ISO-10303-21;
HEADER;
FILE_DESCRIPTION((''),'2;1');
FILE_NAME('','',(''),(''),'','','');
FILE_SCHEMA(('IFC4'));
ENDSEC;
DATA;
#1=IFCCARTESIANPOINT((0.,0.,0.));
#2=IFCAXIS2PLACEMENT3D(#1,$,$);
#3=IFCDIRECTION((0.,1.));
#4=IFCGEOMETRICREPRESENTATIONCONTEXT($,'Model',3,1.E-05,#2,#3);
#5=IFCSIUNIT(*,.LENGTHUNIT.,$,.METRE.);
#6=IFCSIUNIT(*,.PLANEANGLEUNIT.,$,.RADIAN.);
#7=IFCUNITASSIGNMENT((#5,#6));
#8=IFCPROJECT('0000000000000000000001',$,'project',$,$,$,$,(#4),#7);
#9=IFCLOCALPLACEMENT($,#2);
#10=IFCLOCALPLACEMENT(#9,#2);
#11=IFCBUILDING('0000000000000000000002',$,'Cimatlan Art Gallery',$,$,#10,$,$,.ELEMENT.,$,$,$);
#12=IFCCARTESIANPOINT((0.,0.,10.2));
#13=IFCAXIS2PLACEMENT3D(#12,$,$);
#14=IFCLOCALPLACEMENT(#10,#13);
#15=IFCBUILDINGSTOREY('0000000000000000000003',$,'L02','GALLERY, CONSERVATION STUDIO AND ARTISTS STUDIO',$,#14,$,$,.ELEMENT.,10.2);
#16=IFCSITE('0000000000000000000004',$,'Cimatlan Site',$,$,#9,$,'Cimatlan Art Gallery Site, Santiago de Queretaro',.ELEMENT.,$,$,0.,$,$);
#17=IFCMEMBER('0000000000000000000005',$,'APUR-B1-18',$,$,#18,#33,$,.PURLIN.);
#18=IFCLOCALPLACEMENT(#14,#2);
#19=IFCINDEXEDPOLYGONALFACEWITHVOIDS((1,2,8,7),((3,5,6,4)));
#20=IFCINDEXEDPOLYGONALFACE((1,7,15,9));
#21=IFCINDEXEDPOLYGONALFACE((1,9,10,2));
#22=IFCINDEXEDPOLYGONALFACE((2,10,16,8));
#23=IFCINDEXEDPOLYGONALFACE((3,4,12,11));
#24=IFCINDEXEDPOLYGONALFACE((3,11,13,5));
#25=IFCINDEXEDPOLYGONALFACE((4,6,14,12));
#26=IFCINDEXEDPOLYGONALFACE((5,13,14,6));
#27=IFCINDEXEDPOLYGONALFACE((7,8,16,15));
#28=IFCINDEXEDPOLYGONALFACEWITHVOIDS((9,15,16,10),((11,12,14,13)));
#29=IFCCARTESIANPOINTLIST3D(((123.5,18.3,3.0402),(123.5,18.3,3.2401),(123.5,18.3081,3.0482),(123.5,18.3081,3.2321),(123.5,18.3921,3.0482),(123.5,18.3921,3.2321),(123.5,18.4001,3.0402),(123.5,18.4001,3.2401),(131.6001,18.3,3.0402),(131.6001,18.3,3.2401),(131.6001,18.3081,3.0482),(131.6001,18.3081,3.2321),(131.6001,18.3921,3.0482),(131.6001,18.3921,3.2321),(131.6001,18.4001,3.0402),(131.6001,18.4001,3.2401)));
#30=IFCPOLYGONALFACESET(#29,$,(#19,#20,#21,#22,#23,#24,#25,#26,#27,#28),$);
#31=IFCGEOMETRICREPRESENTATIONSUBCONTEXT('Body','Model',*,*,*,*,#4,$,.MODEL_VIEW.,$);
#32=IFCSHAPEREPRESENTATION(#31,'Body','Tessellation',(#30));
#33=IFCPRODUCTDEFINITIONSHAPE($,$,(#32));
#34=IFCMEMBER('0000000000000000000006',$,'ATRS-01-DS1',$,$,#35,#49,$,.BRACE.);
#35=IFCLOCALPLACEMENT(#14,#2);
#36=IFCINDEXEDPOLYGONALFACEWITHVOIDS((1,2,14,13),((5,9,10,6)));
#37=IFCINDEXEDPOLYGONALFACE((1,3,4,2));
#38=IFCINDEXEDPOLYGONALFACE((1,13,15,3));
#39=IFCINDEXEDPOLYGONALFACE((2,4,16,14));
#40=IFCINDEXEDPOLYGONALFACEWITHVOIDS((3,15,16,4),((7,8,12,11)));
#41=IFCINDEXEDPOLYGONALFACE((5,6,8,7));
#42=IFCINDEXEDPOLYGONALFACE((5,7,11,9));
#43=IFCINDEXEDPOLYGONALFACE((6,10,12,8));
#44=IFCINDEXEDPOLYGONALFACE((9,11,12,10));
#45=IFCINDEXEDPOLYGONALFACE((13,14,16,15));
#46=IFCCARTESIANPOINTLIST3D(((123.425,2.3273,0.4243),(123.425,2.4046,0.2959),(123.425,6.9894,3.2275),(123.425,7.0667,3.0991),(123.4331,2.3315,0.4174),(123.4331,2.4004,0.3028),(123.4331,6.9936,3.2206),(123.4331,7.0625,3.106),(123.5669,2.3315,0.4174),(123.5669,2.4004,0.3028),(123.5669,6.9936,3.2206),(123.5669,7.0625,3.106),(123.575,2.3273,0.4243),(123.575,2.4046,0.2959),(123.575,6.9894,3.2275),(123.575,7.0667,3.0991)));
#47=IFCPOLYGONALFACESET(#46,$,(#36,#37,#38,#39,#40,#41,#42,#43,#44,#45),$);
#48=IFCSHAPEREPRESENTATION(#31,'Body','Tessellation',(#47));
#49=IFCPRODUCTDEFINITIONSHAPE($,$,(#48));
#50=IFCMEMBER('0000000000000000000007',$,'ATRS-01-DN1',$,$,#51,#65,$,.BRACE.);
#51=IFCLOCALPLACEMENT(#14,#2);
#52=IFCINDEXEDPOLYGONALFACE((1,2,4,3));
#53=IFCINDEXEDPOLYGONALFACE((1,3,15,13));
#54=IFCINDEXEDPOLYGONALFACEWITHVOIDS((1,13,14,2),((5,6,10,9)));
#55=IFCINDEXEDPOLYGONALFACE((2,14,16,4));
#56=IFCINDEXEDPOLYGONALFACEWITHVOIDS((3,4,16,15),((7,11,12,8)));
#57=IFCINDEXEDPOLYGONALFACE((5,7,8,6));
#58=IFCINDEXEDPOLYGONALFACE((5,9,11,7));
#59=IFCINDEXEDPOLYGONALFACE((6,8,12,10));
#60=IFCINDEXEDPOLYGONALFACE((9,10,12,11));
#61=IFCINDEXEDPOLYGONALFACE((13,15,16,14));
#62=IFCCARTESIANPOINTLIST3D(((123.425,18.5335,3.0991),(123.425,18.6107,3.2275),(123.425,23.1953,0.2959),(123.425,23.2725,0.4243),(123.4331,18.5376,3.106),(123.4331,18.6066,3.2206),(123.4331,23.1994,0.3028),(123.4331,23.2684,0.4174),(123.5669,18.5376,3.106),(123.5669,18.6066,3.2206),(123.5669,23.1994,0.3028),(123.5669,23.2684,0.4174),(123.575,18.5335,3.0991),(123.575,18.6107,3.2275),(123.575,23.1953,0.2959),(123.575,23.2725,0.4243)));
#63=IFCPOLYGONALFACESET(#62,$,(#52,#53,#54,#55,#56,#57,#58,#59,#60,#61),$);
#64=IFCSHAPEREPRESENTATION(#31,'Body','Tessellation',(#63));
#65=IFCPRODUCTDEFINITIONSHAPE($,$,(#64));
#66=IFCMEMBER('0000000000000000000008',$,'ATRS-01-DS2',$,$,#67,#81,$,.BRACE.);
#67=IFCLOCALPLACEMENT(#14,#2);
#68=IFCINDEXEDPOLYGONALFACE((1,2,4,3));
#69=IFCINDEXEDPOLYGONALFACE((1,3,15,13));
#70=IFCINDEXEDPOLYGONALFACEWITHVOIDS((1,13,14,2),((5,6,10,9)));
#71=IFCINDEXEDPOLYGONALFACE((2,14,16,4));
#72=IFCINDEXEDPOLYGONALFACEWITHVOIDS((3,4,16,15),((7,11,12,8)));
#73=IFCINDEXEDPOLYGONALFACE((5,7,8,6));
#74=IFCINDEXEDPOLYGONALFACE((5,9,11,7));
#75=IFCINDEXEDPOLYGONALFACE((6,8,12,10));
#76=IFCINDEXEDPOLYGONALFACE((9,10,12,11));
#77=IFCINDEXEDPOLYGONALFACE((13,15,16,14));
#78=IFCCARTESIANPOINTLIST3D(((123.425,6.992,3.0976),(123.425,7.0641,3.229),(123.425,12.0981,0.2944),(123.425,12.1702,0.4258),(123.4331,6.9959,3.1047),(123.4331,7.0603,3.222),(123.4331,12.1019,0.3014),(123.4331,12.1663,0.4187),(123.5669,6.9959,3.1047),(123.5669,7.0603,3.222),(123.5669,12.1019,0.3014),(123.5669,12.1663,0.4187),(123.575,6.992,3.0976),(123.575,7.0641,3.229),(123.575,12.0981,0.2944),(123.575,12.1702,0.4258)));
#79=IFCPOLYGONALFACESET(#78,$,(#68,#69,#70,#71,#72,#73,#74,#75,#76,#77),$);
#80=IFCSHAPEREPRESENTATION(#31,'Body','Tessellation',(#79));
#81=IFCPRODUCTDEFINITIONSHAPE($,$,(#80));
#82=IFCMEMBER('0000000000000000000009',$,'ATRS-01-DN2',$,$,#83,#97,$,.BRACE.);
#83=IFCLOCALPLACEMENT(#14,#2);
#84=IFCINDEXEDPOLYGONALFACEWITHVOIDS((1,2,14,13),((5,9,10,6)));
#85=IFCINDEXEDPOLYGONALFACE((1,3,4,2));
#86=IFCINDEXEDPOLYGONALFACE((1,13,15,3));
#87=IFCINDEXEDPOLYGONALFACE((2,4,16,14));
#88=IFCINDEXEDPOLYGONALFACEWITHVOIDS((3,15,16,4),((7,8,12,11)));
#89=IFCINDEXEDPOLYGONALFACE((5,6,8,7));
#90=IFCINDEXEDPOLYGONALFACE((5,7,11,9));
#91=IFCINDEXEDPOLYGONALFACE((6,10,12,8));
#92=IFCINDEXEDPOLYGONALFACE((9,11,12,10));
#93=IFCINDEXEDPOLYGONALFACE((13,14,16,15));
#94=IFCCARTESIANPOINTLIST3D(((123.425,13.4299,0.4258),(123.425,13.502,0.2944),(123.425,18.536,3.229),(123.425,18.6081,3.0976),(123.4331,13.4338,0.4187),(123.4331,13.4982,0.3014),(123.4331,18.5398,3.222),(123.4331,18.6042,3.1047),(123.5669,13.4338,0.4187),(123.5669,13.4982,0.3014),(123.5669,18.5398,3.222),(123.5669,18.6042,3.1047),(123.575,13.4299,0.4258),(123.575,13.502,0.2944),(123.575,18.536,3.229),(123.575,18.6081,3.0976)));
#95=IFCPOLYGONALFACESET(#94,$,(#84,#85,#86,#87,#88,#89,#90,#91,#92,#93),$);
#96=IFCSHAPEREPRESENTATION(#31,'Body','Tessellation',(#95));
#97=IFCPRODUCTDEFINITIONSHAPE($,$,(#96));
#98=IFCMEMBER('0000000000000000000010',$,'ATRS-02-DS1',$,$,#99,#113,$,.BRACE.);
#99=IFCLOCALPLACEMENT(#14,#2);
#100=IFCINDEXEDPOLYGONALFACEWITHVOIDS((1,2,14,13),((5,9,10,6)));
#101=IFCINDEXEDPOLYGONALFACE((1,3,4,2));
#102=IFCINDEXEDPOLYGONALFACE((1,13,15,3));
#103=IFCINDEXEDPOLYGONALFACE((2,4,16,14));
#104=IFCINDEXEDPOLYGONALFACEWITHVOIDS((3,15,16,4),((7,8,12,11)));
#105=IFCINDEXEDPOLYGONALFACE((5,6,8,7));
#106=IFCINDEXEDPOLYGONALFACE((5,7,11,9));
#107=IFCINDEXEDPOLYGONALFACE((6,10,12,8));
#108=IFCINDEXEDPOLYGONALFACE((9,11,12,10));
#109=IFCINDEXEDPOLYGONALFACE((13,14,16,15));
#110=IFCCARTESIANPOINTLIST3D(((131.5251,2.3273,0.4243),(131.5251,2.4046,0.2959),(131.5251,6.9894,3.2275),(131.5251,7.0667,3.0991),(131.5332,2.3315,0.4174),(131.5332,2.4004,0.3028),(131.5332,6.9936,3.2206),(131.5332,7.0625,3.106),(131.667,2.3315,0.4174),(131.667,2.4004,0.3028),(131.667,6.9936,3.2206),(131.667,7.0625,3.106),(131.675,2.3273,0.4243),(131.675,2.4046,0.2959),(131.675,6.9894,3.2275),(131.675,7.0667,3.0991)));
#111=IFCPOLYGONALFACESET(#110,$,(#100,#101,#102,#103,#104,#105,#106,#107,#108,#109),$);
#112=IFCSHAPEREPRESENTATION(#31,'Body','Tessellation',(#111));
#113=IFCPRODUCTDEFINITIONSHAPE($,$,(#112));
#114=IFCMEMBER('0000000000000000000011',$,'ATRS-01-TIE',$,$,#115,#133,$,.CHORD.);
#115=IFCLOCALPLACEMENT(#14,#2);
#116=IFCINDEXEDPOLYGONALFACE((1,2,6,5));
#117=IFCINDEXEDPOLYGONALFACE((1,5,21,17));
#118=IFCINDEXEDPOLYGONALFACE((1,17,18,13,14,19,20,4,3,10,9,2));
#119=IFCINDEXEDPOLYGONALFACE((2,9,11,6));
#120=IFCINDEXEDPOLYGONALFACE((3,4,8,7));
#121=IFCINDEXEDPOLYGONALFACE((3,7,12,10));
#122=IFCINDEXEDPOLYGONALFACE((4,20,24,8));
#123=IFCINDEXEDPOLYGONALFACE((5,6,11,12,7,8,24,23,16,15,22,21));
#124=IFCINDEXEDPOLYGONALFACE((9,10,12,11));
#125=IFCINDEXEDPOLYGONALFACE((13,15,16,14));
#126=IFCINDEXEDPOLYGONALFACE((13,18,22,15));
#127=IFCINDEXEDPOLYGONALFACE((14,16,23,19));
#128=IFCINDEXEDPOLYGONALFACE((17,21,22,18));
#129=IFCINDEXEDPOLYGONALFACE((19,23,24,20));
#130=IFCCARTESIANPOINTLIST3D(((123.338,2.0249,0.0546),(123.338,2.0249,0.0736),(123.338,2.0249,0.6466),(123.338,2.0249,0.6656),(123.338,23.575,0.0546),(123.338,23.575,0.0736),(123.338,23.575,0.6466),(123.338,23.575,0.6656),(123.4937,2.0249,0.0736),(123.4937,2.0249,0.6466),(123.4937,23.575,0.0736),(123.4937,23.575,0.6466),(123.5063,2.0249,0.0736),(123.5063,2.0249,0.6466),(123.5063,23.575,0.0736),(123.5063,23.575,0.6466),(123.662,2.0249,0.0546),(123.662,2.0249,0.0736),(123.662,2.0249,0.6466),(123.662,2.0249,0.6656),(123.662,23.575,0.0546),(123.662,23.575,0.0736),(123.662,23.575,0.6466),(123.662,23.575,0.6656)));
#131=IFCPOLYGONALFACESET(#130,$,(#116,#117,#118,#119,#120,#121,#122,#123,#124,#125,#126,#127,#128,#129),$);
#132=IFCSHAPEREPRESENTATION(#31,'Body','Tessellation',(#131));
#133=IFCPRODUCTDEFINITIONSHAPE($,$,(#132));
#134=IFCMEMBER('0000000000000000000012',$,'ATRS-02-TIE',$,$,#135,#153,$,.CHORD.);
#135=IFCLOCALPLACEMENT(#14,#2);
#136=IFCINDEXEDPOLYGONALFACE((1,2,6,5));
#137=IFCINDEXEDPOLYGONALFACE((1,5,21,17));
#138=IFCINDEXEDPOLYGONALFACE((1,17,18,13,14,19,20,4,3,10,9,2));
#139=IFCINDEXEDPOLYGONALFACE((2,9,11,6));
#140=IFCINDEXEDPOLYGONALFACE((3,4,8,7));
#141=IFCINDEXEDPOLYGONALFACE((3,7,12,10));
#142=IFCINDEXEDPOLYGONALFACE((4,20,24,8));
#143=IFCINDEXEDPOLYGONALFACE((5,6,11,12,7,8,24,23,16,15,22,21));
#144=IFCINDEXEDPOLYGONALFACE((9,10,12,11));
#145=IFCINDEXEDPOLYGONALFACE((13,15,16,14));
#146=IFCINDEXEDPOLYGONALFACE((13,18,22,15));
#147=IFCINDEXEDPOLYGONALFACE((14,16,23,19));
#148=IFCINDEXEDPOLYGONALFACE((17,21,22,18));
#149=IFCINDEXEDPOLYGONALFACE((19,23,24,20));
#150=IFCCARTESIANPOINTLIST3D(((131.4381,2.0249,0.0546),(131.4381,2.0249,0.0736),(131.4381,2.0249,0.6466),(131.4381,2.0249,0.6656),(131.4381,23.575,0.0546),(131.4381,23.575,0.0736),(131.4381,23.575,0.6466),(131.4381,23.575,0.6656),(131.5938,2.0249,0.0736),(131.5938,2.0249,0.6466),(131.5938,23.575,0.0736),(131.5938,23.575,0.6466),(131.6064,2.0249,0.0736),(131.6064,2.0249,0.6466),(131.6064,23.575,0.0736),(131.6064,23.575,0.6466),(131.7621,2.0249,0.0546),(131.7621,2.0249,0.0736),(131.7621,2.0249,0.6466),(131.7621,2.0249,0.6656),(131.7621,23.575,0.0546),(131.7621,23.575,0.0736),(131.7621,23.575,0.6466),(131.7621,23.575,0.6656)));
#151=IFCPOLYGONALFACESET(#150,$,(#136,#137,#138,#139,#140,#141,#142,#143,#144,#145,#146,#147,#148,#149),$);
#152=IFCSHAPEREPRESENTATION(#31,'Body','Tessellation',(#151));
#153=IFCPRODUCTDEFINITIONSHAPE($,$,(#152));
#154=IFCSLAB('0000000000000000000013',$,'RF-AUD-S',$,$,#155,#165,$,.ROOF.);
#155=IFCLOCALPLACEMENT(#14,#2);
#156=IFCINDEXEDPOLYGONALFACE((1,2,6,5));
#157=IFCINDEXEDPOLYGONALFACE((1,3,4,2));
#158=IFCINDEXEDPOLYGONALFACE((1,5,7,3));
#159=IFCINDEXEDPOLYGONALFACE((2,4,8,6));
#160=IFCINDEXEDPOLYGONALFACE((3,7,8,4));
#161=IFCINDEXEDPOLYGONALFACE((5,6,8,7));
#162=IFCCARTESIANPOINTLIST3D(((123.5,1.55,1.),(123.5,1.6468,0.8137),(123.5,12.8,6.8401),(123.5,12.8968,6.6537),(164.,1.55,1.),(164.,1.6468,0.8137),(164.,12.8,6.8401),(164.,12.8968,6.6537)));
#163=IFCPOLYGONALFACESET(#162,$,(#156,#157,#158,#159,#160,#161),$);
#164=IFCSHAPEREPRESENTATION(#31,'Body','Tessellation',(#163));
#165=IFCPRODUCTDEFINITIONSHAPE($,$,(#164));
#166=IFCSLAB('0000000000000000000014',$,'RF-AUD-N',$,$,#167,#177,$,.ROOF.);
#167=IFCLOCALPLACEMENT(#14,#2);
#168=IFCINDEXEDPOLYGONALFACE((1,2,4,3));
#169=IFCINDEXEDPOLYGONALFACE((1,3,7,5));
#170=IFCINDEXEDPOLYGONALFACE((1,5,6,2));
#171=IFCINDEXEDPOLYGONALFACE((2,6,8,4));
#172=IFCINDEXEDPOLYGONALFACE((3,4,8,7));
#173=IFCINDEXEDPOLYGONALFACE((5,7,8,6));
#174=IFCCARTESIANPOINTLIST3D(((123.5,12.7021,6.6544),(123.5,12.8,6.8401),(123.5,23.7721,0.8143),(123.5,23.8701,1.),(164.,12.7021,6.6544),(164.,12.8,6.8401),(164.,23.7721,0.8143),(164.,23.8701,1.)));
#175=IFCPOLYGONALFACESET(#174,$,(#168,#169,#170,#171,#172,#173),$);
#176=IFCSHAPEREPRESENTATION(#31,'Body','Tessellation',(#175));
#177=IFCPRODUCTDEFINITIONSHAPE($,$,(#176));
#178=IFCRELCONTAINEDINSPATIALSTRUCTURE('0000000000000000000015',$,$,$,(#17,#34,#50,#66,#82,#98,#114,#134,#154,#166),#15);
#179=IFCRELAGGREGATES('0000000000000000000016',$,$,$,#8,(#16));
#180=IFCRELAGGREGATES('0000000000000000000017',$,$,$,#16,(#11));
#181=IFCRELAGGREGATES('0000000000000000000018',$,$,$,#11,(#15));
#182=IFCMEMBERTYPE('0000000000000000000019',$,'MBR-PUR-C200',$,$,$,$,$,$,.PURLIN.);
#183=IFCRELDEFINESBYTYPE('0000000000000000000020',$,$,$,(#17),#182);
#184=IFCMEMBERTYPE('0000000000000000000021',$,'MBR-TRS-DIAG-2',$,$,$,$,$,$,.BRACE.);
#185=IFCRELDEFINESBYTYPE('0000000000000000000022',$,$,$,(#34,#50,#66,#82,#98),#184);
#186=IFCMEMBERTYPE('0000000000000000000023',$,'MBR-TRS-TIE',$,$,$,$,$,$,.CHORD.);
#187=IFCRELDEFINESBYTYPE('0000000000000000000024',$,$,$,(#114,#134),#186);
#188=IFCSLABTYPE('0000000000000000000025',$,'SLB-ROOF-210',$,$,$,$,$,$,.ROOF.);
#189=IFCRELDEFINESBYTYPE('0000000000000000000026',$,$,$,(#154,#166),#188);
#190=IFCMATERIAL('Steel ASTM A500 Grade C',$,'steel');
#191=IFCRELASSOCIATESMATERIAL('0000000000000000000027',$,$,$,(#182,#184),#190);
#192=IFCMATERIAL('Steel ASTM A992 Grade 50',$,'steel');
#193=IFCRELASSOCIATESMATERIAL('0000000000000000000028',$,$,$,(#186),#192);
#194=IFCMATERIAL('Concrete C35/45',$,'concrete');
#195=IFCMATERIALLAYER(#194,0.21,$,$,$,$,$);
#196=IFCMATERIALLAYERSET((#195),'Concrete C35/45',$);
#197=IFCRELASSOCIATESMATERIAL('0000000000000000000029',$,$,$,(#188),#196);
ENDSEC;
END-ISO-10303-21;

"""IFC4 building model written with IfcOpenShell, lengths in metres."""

from ifc_helpers import new_model, si_unit, direction, frame, origin, origin_2d, place, context, subcontext, project, spatial, polyline, hollow_rectangle, i_section, outline, extrude, material, layer, layer_set, material_profile, profile_set, type_object, element, save


model = new_model("IFC4")

# Units and contexts
model_context = context("Model", 3, precision=1e-05, world=origin(), true_north=direction((0.0, 1.0)))
body_context = subcontext(model_context, "Body", "Model", "MODEL_VIEW")
ifc_project = project(units=[si_unit("LENGTHUNIT", "METRE"), si_unit("PLANEANGLEUNIT", "RADIAN")], contexts=[model_context])

# Site, building, storey
site_placement = place(None, origin())
site = spatial("IfcSite", under=ifc_project, at=site_placement, Name="Cimatlan Site", LongName="Cimatlan Art Gallery Site, Santiago de Queretaro", CompositionType="ELEMENT", RefElevation=0.0)
building_placement = place(site_placement, origin())
building = spatial("IfcBuilding", under=site, at=building_placement, Name="Cimatlan Art Gallery", CompositionType="ELEMENT")
storey_placement = place(building_placement, frame((0.0, 0.0, 10.2)))
storey = spatial("IfcBuildingStorey", under=building, at=storey_placement, Name="L02", Description="GALLERY, CONSERVATION STUDIO AND ARTISTS STUDIO", CompositionType="ELEMENT", Elevation=10.2)

# Shared definitions
ifc_material_1 = material(Name="Steel ASTM A992 Grade 50", Category="steel")

# Members
ifc_material_2 = material(Name="Steel ASTM A500 Grade C", Category="steel")
ifc_material_profile_1 = material_profile(ifc_material_2, hollow_rectangle(XDim=0.1001, YDim=0.2, WallThickness=0.0081, at=origin_2d()), Name="HSS200X100X8")
ifc_profile_set_1 = profile_set([ifc_material_profile_1], Name="Steel ASTM A500 Grade C")
member_type_1 = type_object("IfcMemberType", Name="MBR-PUR-C200", PredefinedType="PURLIN", material=ifc_profile_set_1)
for number, where, z_axis, x_axis, name in (
    (1, (123.5, 18.3501, 3.1401), (1.0, 0.0, 0.0), (0.0, 1.0, 0.0), "APUR-B1-18"),
):
    element("IfcMember", number, at=place(storey_placement, frame(where, z_axis=z_axis, x_axis=x_axis)), inside=storey, type_object=member_type_1, Name=name, PredefinedType="PURLIN", context=body_context, shape_type="SweptSolid", body=[
        extrude(hollow_rectangle(XDim=0.1001, YDim=0.2, WallThickness=0.0081, at=origin_2d()), origin(), (0.0, 0.0, 1.0), 8.1001),
    ])
ifc_material_profile_2 = material_profile(ifc_material_2, hollow_rectangle(XDim=0.1499, YDim=0.1499, WallThickness=0.0081, at=origin_2d()), Name="HSS150X150X8")
ifc_profile_set_2 = profile_set([ifc_material_profile_2], Name="Steel ASTM A500 Grade C")
member_type_2 = type_object("IfcMemberType", Name="MBR-TRS-DIAG-2", PredefinedType="BRACE", material=ifc_profile_set_2)
member_1_placement = place(storey_placement, frame((123.5, 2.366, 0.3601), z_axis=(0.0, 0.857009, 0.515301), x_axis=(-1.0, 0.0, 0.0)))
element("IfcMember", 2, at=member_1_placement, inside=storey, type_object=member_type_2, Name="ATRS-01-DS1", PredefinedType="BRACE", context=body_context, shape_type="SweptSolid", body=[
    extrude(hollow_rectangle(XDim=0.1499, YDim=0.1499, WallThickness=0.0081, at=origin_2d()), origin(), (0.0, 0.0, 1.0), 5.4399),
])
member_2_placement = place(storey_placement, frame((123.5, 23.2339, 0.3601), z_axis=(0.0, -0.856998, 0.515321), x_axis=(1.0, 0.0, 0.0)))
element("IfcMember", 3, at=member_2_placement, inside=storey, type_object=member_type_2, Name="ATRS-01-DN1", PredefinedType="BRACE", context=body_context, shape_type="SweptSolid", body=[
    extrude(hollow_rectangle(XDim=0.1499, YDim=0.1499, WallThickness=0.0081, at=origin_2d()), origin(), (0.0, 0.0, 1.0), 5.4397),
])
for number, where, z_axis, x_axis, name in (
    (4, (123.5, 7.0281, 3.1633), (0.0, 0.876582, -0.481252), (-1.0, 0.0, 0.0), "ATRS-01-DS2"),
    (5, (123.5, 18.572, 3.1633), (0.0, -0.876582, -0.481252), (1.0, 0.0, 0.0), "ATRS-01-DN2"),
):
    element("IfcMember", number, at=place(storey_placement, frame(where, z_axis=z_axis, x_axis=x_axis)), inside=storey, type_object=member_type_2, Name=name, PredefinedType="BRACE", context=body_context, shape_type="SweptSolid", body=[
        extrude(hollow_rectangle(XDim=0.1499, YDim=0.1499, WallThickness=0.0081, at=origin_2d()), origin(), (0.0, 0.0, 1.0), 5.825),
    ])
member_3_placement = place(storey_placement, frame((131.6001, 2.366, 0.3601), z_axis=(0.0, 0.857009, 0.515301), x_axis=(-1.0, 0.0, 0.0)))
element("IfcMember", 6, at=member_3_placement, inside=storey, type_object=member_type_2, Name="ATRS-02-DS1", PredefinedType="BRACE", context=body_context, shape_type="SweptSolid", body=[
    extrude(hollow_rectangle(XDim=0.1499, YDim=0.1499, WallThickness=0.0081, at=origin_2d()), origin(), (0.0, 0.0, 1.0), 5.4399),
])
ifc_material_profile_3 = material_profile(ifc_material_1, i_section(OverallWidth=0.324, OverallDepth=0.6111, WebThickness=0.0127, FlangeThickness=0.019, at=origin_2d()), Name="W24X104")
ifc_profile_set_3 = profile_set([ifc_material_profile_3], Name="Steel ASTM A992 Grade 50")
member_type_3 = type_object("IfcMemberType", Name="MBR-TRS-TIE", PredefinedType="CHORD", material=ifc_profile_set_3)
for number, where, z_axis, x_axis, name in (
    (7, (123.5, 2.0249, 0.3601), (0.0, 1.0, 0.0), (-1.0, 0.0, 0.0), "ATRS-01-TIE"),
    (8, (131.6001, 2.0249, 0.3601), (0.0, 1.0, 0.0), (-1.0, 0.0, 0.0), "ATRS-02-TIE"),
):
    element("IfcMember", number, at=place(storey_placement, frame(where, z_axis=z_axis, x_axis=x_axis)), inside=storey, type_object=member_type_3, Name=name, PredefinedType="CHORD", context=body_context, shape_type="SweptSolid", body=[
        extrude(i_section(OverallWidth=0.324, OverallDepth=0.6111, WebThickness=0.0127, FlangeThickness=0.019, at=origin_2d()), origin(), (0.0, 0.0, 1.0), 21.55),
    ])

# Slabs
ifc_material_3 = material(Name="Concrete C35/45", Category="concrete")
ifc_layer_1 = layer(ifc_material_3, 0.21)
ifc_layer_set_1 = layer_set([ifc_layer_1], Name="Concrete C35/45")
slab_type = type_object("IfcSlabType", Name="SLB-ROOF-210", PredefinedType="ROOF", material=ifc_layer_set_1)
slab_1_placement = place(storey_placement, frame((123.5, 1.55, 1.0), z_axis=(0.0, -0.460737, 0.887537), x_axis=(1.0, 0.0, 0.0)))
element("IfcSlab", 9, at=slab_1_placement, inside=storey, type_object=slab_type, Name="RF-AUD-S", PredefinedType="ROOF", context=body_context, shape_type="SweptSolid", body=[
    extrude(outline(polyline([(0.0, 0.0), (40.5, 0.0), (40.5, 12.6755), (0.0, 12.6755), (0.0, 0.0)])), origin(), (0.0, 0.0, -1.0), 0.21),
])
slab_2_placement = place(storey_placement, frame((123.5, 12.8, 6.8401), z_axis=(0.0, 0.466606, 0.884465), x_axis=(1.0, 0.0, 0.0)))
element("IfcSlab", 10, at=slab_2_placement, inside=storey, type_object=slab_type, Name="RF-AUD-N", PredefinedType="ROOF", context=body_context, shape_type="SweptSolid", body=[
    extrude(outline(polyline([(0.0, 0.0), (40.5, 0.0), (40.5, 12.5161), (0.0, 12.5161), (0.0, 0.0)])), origin(), (0.0, 0.0, -1.0), 0.21),
])

save(model, "model.ifc")
